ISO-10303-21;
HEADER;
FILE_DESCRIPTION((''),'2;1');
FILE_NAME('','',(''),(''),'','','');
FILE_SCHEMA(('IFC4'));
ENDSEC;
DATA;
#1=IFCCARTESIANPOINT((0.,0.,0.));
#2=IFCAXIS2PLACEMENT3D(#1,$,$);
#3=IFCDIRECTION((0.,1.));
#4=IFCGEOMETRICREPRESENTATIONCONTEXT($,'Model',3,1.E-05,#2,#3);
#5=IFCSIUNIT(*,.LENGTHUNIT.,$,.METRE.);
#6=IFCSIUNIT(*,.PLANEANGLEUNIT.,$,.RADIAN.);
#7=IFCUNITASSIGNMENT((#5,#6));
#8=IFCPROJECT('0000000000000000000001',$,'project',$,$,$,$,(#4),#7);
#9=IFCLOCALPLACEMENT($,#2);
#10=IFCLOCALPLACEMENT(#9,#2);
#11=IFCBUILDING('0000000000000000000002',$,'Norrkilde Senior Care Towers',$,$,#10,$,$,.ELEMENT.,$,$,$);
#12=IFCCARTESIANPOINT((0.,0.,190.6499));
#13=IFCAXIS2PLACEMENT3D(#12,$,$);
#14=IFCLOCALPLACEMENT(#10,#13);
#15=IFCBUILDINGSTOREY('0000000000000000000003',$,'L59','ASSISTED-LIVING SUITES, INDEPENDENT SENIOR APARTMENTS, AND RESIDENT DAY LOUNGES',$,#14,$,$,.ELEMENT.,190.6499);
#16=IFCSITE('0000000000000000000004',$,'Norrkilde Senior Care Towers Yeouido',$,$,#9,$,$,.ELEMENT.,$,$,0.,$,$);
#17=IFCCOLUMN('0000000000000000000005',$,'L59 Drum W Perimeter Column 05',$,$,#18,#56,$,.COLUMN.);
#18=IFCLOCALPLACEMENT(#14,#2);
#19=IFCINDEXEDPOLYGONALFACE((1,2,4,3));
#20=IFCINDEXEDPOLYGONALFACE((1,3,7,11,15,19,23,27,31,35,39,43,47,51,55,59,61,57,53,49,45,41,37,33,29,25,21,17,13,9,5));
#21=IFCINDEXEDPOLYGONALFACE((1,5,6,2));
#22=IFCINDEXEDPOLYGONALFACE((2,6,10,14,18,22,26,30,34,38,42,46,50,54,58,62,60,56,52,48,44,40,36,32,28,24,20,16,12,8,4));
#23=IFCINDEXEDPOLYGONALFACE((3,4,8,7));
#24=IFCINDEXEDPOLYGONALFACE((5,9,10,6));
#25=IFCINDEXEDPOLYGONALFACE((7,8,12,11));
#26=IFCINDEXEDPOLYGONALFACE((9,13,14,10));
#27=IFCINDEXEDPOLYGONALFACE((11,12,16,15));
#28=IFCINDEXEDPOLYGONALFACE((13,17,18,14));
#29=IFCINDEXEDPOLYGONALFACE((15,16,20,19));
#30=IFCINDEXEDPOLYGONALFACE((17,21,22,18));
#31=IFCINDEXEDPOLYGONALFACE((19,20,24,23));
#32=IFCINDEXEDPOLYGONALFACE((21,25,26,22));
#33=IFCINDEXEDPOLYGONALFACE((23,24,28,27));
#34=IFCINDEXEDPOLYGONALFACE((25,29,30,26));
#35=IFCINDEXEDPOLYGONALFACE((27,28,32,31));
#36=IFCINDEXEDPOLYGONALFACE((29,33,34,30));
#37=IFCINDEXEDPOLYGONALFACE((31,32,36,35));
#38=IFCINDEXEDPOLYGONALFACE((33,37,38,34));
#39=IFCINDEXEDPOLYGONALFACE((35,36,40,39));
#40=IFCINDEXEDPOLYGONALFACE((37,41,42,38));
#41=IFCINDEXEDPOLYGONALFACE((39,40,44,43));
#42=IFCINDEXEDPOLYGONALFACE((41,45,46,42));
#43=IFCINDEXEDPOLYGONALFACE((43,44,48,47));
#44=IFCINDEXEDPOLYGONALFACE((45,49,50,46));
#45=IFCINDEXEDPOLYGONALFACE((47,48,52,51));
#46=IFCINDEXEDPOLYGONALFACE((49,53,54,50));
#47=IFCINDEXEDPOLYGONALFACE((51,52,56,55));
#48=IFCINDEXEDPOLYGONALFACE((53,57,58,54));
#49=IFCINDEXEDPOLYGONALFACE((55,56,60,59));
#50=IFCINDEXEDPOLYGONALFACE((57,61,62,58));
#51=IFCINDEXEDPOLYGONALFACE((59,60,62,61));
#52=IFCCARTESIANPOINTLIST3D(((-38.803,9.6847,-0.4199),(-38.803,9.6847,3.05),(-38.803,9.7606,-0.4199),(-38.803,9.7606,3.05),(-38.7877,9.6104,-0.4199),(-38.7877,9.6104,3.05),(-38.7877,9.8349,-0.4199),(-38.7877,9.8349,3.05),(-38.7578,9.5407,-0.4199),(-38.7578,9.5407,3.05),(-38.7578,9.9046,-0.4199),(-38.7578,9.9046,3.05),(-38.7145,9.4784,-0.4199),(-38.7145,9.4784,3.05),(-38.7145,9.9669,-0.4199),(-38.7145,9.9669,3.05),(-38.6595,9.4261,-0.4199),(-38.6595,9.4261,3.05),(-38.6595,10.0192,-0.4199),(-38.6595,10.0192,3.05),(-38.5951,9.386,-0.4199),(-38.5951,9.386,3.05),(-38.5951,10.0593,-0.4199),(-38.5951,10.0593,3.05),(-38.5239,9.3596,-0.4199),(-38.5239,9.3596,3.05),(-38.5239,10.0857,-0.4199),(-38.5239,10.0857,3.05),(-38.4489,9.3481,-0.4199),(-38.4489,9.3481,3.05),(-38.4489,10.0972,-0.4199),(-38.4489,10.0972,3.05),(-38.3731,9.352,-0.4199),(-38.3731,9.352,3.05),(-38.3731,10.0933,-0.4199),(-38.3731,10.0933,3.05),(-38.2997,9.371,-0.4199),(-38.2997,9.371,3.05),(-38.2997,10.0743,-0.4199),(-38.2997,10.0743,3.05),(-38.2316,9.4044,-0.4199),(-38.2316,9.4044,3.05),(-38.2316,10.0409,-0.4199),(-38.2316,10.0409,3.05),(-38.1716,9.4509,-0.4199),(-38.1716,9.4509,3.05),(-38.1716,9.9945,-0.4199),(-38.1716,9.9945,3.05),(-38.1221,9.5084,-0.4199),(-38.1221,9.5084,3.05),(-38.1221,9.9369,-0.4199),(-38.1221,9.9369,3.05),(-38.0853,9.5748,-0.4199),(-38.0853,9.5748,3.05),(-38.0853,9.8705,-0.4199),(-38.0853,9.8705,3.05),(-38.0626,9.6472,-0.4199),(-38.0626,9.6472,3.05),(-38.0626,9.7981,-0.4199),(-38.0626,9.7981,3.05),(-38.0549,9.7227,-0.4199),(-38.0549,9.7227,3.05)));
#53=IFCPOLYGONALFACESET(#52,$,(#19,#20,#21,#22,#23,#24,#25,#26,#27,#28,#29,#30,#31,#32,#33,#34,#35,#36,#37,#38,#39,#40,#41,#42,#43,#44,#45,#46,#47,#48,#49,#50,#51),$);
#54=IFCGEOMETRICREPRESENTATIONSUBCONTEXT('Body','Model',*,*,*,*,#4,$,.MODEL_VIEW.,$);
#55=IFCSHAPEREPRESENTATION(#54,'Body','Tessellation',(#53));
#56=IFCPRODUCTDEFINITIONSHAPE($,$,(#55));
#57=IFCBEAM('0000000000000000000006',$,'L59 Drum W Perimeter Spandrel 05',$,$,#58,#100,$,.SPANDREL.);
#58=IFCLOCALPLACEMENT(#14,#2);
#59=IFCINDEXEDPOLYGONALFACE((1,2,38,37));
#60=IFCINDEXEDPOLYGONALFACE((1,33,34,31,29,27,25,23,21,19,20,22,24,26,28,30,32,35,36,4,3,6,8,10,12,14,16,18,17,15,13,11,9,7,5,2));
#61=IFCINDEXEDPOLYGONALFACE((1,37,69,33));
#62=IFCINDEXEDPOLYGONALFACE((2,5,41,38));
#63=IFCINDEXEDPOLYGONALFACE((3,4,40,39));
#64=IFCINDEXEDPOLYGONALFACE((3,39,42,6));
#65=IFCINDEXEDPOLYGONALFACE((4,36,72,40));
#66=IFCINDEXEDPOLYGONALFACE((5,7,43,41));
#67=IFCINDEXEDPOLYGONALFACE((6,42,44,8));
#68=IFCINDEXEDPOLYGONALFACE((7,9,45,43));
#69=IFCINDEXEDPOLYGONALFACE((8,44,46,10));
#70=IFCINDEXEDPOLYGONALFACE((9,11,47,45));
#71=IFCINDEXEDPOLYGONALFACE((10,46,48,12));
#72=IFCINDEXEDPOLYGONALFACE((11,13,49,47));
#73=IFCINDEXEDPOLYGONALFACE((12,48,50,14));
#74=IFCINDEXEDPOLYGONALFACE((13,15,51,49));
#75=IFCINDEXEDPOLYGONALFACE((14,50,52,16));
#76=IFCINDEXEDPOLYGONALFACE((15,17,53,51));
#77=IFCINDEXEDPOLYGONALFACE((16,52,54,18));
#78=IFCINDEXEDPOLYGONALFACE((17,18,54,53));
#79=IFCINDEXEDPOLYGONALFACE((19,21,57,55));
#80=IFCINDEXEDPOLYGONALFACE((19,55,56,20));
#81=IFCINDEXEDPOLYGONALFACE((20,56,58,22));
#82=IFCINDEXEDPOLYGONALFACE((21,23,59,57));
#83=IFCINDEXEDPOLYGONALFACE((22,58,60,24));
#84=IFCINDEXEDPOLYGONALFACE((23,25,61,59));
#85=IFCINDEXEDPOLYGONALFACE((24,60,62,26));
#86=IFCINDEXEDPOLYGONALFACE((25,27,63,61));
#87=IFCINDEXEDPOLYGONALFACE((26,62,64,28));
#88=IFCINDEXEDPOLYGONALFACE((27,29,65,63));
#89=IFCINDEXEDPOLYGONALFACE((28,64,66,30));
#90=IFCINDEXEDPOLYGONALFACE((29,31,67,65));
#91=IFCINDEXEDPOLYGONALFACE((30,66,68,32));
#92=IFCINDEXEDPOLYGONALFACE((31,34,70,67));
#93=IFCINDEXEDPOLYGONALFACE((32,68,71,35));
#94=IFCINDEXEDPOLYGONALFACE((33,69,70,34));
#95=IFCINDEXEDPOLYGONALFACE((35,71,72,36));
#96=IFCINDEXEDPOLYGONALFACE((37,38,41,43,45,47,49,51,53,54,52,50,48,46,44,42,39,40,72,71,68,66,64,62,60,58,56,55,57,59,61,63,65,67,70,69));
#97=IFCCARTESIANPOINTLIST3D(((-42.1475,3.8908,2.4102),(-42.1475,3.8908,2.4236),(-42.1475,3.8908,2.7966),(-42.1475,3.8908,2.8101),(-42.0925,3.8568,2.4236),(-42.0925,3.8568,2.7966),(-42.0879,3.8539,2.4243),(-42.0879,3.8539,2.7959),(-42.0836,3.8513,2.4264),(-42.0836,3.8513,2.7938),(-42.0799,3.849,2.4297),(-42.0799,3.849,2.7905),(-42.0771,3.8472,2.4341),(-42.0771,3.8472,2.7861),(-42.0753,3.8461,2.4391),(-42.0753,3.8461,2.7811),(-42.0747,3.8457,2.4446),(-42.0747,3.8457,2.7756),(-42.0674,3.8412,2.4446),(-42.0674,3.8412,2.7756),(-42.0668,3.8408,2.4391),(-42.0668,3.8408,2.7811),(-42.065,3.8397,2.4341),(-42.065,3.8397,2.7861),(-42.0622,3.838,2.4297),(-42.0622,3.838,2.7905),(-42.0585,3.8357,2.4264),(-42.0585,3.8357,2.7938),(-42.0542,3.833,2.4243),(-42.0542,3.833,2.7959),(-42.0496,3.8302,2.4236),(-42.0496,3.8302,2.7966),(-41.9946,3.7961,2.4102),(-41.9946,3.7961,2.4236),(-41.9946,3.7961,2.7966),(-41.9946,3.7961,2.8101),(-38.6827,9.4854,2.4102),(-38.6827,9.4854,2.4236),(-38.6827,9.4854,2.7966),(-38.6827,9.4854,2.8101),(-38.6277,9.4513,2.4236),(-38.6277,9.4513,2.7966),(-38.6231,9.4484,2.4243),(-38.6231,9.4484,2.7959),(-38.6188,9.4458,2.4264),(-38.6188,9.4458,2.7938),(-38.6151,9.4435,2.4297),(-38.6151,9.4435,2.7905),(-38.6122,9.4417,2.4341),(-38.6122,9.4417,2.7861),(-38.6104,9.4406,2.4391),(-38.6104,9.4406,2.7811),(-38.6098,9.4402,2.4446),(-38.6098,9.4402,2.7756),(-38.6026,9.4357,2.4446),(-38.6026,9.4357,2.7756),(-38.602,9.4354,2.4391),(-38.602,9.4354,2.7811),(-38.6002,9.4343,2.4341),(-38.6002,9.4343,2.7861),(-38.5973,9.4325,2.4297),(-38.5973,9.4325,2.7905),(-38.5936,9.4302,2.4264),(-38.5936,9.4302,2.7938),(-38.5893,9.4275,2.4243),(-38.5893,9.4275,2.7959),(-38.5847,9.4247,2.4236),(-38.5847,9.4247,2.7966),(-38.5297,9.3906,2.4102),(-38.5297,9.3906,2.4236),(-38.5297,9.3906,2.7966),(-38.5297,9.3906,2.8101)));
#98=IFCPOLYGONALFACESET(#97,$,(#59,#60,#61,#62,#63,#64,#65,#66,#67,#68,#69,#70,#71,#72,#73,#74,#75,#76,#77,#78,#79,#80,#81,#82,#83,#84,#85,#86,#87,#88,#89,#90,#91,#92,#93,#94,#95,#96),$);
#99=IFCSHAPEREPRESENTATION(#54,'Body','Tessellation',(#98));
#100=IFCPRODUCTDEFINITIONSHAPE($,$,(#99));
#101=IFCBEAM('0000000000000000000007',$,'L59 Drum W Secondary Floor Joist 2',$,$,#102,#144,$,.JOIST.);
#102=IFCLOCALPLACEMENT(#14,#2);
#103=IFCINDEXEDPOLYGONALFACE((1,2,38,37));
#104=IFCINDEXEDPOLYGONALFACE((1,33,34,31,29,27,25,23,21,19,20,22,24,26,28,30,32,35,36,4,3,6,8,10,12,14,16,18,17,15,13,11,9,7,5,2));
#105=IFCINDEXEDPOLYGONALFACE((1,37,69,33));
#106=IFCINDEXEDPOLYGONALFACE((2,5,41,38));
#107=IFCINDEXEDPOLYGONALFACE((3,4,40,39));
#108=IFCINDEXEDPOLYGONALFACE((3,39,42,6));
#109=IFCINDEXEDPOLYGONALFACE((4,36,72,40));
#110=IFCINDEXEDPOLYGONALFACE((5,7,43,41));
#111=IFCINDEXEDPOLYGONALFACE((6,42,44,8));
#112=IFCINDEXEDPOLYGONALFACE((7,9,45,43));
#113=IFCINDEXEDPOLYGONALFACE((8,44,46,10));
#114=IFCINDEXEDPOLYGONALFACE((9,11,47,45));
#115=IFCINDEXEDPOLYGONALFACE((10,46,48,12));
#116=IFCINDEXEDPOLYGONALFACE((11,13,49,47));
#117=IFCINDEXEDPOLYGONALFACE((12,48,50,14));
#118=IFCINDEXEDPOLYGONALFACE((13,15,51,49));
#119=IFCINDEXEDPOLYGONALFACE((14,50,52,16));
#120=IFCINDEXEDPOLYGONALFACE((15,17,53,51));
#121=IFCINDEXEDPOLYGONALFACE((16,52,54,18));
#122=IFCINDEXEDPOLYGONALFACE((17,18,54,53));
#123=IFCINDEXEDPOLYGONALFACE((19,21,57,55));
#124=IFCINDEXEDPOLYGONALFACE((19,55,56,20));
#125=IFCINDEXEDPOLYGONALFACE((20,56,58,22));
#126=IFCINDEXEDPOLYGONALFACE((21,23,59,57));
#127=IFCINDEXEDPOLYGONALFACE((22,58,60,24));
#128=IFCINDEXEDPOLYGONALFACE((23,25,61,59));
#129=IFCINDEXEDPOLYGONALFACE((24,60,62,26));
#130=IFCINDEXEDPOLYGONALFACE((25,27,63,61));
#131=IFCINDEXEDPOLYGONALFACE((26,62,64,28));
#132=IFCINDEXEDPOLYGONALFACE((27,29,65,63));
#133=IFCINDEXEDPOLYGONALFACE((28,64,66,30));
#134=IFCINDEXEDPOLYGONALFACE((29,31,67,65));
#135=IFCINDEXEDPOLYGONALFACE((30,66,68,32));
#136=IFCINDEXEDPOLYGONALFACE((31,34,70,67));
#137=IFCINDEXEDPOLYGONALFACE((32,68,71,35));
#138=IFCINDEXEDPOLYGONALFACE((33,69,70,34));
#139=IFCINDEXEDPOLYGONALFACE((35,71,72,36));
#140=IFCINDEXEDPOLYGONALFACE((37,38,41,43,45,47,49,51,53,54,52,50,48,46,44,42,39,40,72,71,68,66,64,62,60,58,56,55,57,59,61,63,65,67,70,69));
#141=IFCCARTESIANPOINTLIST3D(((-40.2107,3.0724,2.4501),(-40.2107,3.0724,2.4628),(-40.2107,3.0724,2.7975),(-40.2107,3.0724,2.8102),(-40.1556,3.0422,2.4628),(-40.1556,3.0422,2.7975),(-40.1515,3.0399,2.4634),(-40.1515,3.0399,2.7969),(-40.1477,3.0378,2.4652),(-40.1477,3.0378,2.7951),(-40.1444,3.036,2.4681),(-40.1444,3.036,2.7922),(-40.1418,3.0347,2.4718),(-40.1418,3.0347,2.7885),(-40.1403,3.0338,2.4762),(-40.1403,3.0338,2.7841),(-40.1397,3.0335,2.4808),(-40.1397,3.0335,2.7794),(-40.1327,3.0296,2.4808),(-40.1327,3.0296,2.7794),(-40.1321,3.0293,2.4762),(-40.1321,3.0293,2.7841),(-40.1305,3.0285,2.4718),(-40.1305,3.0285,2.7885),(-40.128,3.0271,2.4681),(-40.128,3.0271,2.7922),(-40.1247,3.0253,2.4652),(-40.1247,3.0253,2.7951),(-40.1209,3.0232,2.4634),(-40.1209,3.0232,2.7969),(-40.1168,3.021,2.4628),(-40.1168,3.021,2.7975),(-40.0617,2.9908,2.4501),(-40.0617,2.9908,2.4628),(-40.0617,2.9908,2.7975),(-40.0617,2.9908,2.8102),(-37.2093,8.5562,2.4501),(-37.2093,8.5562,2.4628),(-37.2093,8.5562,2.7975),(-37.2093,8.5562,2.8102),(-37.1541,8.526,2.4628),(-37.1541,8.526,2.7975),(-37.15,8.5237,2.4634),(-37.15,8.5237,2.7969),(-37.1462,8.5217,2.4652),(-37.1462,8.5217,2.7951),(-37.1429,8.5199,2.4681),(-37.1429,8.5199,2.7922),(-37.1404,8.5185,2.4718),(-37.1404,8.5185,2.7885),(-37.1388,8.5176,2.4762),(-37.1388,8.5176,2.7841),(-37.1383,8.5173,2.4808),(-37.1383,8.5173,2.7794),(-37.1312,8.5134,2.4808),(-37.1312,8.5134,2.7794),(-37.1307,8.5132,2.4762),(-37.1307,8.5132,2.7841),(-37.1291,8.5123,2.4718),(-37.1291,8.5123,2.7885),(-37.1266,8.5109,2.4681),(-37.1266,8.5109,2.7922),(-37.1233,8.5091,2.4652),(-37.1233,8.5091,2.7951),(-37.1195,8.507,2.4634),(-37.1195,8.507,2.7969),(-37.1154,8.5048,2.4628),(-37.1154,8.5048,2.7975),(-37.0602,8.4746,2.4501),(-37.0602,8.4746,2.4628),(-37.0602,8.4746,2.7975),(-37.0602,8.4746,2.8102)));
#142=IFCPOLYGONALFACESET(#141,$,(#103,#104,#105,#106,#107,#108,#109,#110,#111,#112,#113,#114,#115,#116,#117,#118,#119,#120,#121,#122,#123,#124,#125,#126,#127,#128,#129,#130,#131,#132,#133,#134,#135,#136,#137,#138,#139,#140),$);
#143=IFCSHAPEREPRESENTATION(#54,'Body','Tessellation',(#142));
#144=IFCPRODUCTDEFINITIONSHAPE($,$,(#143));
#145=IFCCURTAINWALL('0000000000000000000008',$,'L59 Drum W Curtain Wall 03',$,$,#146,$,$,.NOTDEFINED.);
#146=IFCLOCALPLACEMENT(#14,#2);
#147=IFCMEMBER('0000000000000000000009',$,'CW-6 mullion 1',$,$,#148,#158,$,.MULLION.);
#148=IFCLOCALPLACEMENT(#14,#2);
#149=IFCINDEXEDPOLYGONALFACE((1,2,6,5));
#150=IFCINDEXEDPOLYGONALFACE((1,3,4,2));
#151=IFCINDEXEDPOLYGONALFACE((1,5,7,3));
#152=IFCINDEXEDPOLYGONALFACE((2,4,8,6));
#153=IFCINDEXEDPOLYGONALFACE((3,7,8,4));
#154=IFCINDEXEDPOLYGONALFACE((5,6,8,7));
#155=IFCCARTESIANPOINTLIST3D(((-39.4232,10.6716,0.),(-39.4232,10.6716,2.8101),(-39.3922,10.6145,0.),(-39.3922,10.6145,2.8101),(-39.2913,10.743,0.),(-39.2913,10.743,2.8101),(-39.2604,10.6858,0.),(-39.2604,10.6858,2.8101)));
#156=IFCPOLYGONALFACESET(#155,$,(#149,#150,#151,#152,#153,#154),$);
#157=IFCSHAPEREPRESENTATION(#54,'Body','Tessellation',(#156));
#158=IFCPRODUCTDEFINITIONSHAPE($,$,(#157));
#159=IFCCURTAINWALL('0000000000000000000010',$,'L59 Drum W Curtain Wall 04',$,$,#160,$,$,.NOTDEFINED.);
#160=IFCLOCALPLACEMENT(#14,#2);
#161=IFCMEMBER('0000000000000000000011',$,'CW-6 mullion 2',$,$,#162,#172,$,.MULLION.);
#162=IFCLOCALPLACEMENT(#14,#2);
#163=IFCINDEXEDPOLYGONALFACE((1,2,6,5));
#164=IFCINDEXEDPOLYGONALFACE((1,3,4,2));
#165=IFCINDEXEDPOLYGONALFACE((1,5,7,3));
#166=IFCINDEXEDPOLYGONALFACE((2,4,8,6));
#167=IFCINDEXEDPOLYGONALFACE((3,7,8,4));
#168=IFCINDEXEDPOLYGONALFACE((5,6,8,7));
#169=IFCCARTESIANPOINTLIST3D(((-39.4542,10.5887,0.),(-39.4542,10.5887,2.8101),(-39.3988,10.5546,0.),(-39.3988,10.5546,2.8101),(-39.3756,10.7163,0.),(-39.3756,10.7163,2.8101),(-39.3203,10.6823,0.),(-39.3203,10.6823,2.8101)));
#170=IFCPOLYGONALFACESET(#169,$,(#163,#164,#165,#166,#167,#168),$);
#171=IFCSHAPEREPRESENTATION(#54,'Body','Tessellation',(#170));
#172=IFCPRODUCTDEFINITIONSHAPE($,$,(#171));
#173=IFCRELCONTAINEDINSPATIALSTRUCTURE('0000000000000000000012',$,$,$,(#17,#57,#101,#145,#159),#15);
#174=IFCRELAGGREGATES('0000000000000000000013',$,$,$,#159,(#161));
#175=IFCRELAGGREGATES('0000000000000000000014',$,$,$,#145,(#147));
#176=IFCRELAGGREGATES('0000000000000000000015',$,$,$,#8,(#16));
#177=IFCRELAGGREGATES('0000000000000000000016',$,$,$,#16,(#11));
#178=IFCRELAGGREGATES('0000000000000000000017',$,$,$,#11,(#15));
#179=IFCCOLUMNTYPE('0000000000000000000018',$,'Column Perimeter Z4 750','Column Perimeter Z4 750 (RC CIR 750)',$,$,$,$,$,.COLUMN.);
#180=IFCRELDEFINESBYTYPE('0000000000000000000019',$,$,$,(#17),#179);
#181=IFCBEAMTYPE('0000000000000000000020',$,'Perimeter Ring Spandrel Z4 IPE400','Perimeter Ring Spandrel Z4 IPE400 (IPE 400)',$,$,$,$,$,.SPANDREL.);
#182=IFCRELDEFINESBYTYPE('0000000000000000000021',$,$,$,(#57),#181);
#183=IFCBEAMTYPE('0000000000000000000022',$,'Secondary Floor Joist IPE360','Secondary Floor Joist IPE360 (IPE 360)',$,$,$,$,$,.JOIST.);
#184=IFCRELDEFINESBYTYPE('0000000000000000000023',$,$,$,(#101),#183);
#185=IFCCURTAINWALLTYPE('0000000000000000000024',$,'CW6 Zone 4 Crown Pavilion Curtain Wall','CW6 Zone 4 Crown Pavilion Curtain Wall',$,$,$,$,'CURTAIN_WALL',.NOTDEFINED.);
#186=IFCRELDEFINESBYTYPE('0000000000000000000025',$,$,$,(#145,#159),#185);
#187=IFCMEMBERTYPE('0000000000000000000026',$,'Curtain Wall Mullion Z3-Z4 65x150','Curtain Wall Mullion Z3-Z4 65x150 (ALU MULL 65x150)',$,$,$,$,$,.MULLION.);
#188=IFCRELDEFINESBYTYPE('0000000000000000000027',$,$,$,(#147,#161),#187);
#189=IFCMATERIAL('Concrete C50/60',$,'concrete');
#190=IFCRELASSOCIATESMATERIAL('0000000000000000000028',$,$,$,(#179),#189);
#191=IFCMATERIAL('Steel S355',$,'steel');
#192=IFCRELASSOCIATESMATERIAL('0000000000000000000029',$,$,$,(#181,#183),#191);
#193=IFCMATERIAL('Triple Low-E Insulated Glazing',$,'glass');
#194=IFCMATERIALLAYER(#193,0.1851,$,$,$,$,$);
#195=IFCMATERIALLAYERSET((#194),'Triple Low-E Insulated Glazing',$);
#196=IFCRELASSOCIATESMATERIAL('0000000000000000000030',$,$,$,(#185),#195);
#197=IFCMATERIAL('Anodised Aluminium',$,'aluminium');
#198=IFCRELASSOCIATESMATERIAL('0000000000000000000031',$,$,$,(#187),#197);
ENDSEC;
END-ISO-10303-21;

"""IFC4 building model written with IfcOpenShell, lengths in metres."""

from ifc_helpers import new_model, si_unit, direction, frame, origin, origin_2d, place, context, subcontext, project, spatial, rectangle, circle, i_section, extrude, source, transform, mapped, material, layer, layer_set, material_profile, profile_set, type_object, type_shapes, element, aggregate, save


model = new_model("IFC4")

# Units and contexts
model_context = context("Model", 3, precision=1e-05, world=origin(), true_north=direction((0.0, 1.0)))
body_context = subcontext(model_context, "Body", "Model", "MODEL_VIEW")
ifc_project = project(units=[si_unit("LENGTHUNIT", "METRE"), si_unit("PLANEANGLEUNIT", "RADIAN")], contexts=[model_context])

# Site, building, storey
site_placement = place(None, origin())
site = spatial("IfcSite", under=ifc_project, at=site_placement, Name="Norrkilde Senior Care Towers Yeouido", CompositionType="ELEMENT", RefElevation=0.0)
building_placement = place(site_placement, origin())
building = spatial("IfcBuilding", under=site, at=building_placement, Name="Norrkilde Senior Care Towers", CompositionType="ELEMENT")
storey_placement = place(building_placement, frame((0.0, 0.0, 190.6499)))
storey = spatial("IfcBuildingStorey", under=building, at=storey_placement, Name="L59", Description="ASSISTED-LIVING SUITES, INDEPENDENT SENIOR APARTMENTS, AND RESIDENT DAY LOUNGES", CompositionType="ELEMENT", Elevation=190.6499)

# Column
ifc_material_1 = material(Name="Concrete C50/60", Category="concrete")
ifc_material_profile_1 = material_profile(ifc_material_1, circle(Radius=0.375, at=origin_2d()), Name="RC CIR 750")
ifc_profile_set_1 = profile_set([ifc_material_profile_1], Name="Concrete C50/60")
column_type = type_object("IfcColumnType", Name="Column Perimeter Z4 750", Description="Column Perimeter Z4 750 (RC CIR 750)", PredefinedType="COLUMN", material=ifc_profile_set_1)
shared_shape_1 = source(origin(), body_context, "Body", "SweptSolid", [
    extrude(circle(Radius=0.375, at=origin_2d()), origin(), (0.0, 0.0, 1.0), 3.47),
])
type_shapes(column_type, [shared_shape_1])
column_placement = place(storey_placement, frame((-38.4299, 9.7227, -0.4199), z_axis=(0.0, 0.0, 1.0), x_axis=(1.0, 0.0, 0.0)))
element("IfcColumn", 1, at=column_placement, inside=storey, type_object=column_type, Name="L59 Drum W Perimeter Column 05", PredefinedType="COLUMN", context=body_context, shape_type="MappedRepresentation", body=[
    mapped(shared_shape_1, transform((0.0, 0.0, 0.0), x_axis=(1.0, 0.0, 0.0), y_axis=(0.0, 1.0, 0.0), z_axis=(0.0, 0.0, 1.0), scale=1.0)),
])

# Beams
ifc_material_2 = material(Name="Steel S355", Category="steel")
ifc_material_profile_2 = material_profile(ifc_material_2, i_section(OverallWidth=0.1799, OverallDepth=0.3999, WebThickness=0.0085, FlangeThickness=0.0134, FilletRadius=0.021, at=origin_2d()), Name="IPE 400")
ifc_profile_set_2 = profile_set([ifc_material_profile_2], Name="Steel S355")
beam_type_1 = type_object("IfcBeamType", Name="Perimeter Ring Spandrel Z4 IPE400", Description="Perimeter Ring Spandrel Z4 IPE400 (IPE 400)", PredefinedType="SPANDREL", material=ifc_profile_set_2)
shared_shape_2 = source(origin(), body_context, "Body", "SweptSolid", [
    extrude(i_section(OverallWidth=0.1799, OverallDepth=0.3999, WebThickness=0.0085, FlangeThickness=0.0134, FilletRadius=0.021, at=origin_2d()), origin(), (0.0, 0.0, 1.0), 6.5806),
])
type_shapes(beam_type_1, [shared_shape_2])
beam_1_placement = place(storey_placement, frame((-38.6062, 9.438, 2.6101), z_axis=(-0.52653, -0.850157, 0.0), x_axis=(0.850157, -0.52653, 0.0)))
element("IfcBeam", 2, at=beam_1_placement, inside=storey, type_object=beam_type_1, Name="L59 Drum W Perimeter Spandrel 05", PredefinedType="SPANDREL", context=body_context, shape_type="MappedRepresentation", body=[
    mapped(shared_shape_2, transform((0.0, 0.0, 0.0), x_axis=(1.0, 0.0, 0.0), y_axis=(0.0, 1.0, 0.0), z_axis=(0.0, 0.0, 1.0), scale=1.0)),
])
ifc_material_profile_3 = material_profile(ifc_material_2, i_section(OverallWidth=0.1699, OverallDepth=0.3601, WebThickness=0.0081, FlangeThickness=0.0127, FilletRadius=0.0181, at=origin_2d()), Name="IPE 360")
ifc_profile_set_3 = profile_set([ifc_material_profile_3], Name="Steel S355")
beam_type_2 = type_object("IfcBeamType", Name="Secondary Floor Joist IPE360", Description="Secondary Floor Joist IPE360 (IPE 360)", PredefinedType="JOIST", material=ifc_profile_set_3)
shared_shape_3 = source(origin(), body_context, "Body", "SweptSolid", [
    extrude(i_section(OverallWidth=0.1699, OverallDepth=0.3601, WebThickness=0.0081, FlangeThickness=0.0127, FilletRadius=0.0181, at=origin_2d()), origin(), (0.0, 0.0, 1.0), 6.2515),
])
type_shapes(beam_type_2, [shared_shape_3])
beam_2_placement = place(storey_placement, frame((-37.1348, 8.5154, 2.6301), z_axis=(-0.480116, -0.877205, 0.0), x_axis=(0.877205, -0.480116, 0.0)))
element("IfcBeam", 3, at=beam_2_placement, inside=storey, type_object=beam_type_2, Name="L59 Drum W Secondary Floor Joist 2", PredefinedType="JOIST", context=body_context, shape_type="MappedRepresentation", body=[
    mapped(shared_shape_3, transform((0.0, 0.0, 0.0), x_axis=(1.0, 0.0, 0.0), y_axis=(0.0, 1.0, 0.0), z_axis=(0.0, 0.0, 1.0), scale=1.0)),
])

# Curtain walls, members
ifc_material_3 = material(Name="Triple Low-E Insulated Glazing", Category="glass")
ifc_layer_1 = layer(ifc_material_3, 0.1851)
ifc_layer_set_1 = layer_set([ifc_layer_1], Name="Triple Low-E Insulated Glazing")
curtain_wall_type = type_object("IfcCurtainWallType", Name="CW6 Zone 4 Crown Pavilion Curtain Wall", Description="CW6 Zone 4 Crown Pavilion Curtain Wall", ElementType="CURTAIN_WALL", PredefinedType="NOTDEFINED", material=ifc_layer_set_1)
curtain_wall_1_placement = place(storey_placement, origin())
curtain_wall_1 = element("IfcCurtainWall", 4, at=curtain_wall_1_placement, inside=storey, type_object=curtain_wall_type, Name="L59 Drum W Curtain Wall 03", PredefinedType="NOTDEFINED")
ifc_material_4 = material(Name="Anodised Aluminium", Category="aluminium")
ifc_material_profile_4 = material_profile(ifc_material_4, rectangle(XDim=0.0649, YDim=0.1499, at=origin_2d()), Name="ALU MULL 65x150")
ifc_profile_set_4 = profile_set([ifc_material_profile_4], Name="Anodised Aluminium")
member_type_1 = type_object("IfcMemberType", Name="Curtain Wall Mullion Z3-Z4 65x150", Description="Curtain Wall Mullion Z3-Z4 65x150 (ALU MULL 65x150)", PredefinedType="MULLION", material=ifc_profile_set_4)
shared_shape_4 = source(origin(), body_context, "Body", "SweptSolid", [
    extrude(rectangle(XDim=0.0649, YDim=0.1499, at=origin_2d()), origin(), (0.0, 0.0, 1.0), 2.8101),
])
type_shapes(member_type_1, [shared_shape_4])
member_1_placement = place(storey_placement, frame((-39.3418, 10.6787, 0.0), z_axis=(0.0, 0.0, 1.0), x_axis=(-0.476133, 0.879373, 0.0)))
member_1 = element("IfcMember", 5, at=member_1_placement, type_object=member_type_1, Name="CW-6 mullion 1", PredefinedType="MULLION", context=body_context, shape_type="MappedRepresentation", body=[
    mapped(shared_shape_4, transform((0.0, 0.0, 0.0), x_axis=(1.0, 0.0, 0.0), y_axis=(0.0, 1.0, 0.0), z_axis=(0.0, 0.0, 1.0), scale=1.0)),
])
curtain_wall_2_placement = place(storey_placement, origin())
curtain_wall_2 = element("IfcCurtainWall", 6, at=curtain_wall_2_placement, inside=storey, type_object=curtain_wall_type, Name="L59 Drum W Curtain Wall 04", PredefinedType="NOTDEFINED")
member_2_placement = place(storey_placement, frame((-39.3872, 10.6355, 0.0), z_axis=(0.0, 0.0, 1.0), x_axis=(-0.851563, 0.524253, 0.0)))
member_2 = element("IfcMember", 7, at=member_2_placement, type_object=member_type_1, Name="CW-6 mullion 2", PredefinedType="MULLION", context=body_context, shape_type="MappedRepresentation", body=[
    mapped(shared_shape_4, transform((0.0, 0.0, 0.0), x_axis=(1.0, 0.0, 0.0), y_axis=(0.0, 1.0, 0.0), z_axis=(0.0, 0.0, 1.0), scale=1.0)),
])

aggregate(curtain_wall_2, [member_2])
aggregate(curtain_wall_1, [member_1])

save(model, "model.ifc")
